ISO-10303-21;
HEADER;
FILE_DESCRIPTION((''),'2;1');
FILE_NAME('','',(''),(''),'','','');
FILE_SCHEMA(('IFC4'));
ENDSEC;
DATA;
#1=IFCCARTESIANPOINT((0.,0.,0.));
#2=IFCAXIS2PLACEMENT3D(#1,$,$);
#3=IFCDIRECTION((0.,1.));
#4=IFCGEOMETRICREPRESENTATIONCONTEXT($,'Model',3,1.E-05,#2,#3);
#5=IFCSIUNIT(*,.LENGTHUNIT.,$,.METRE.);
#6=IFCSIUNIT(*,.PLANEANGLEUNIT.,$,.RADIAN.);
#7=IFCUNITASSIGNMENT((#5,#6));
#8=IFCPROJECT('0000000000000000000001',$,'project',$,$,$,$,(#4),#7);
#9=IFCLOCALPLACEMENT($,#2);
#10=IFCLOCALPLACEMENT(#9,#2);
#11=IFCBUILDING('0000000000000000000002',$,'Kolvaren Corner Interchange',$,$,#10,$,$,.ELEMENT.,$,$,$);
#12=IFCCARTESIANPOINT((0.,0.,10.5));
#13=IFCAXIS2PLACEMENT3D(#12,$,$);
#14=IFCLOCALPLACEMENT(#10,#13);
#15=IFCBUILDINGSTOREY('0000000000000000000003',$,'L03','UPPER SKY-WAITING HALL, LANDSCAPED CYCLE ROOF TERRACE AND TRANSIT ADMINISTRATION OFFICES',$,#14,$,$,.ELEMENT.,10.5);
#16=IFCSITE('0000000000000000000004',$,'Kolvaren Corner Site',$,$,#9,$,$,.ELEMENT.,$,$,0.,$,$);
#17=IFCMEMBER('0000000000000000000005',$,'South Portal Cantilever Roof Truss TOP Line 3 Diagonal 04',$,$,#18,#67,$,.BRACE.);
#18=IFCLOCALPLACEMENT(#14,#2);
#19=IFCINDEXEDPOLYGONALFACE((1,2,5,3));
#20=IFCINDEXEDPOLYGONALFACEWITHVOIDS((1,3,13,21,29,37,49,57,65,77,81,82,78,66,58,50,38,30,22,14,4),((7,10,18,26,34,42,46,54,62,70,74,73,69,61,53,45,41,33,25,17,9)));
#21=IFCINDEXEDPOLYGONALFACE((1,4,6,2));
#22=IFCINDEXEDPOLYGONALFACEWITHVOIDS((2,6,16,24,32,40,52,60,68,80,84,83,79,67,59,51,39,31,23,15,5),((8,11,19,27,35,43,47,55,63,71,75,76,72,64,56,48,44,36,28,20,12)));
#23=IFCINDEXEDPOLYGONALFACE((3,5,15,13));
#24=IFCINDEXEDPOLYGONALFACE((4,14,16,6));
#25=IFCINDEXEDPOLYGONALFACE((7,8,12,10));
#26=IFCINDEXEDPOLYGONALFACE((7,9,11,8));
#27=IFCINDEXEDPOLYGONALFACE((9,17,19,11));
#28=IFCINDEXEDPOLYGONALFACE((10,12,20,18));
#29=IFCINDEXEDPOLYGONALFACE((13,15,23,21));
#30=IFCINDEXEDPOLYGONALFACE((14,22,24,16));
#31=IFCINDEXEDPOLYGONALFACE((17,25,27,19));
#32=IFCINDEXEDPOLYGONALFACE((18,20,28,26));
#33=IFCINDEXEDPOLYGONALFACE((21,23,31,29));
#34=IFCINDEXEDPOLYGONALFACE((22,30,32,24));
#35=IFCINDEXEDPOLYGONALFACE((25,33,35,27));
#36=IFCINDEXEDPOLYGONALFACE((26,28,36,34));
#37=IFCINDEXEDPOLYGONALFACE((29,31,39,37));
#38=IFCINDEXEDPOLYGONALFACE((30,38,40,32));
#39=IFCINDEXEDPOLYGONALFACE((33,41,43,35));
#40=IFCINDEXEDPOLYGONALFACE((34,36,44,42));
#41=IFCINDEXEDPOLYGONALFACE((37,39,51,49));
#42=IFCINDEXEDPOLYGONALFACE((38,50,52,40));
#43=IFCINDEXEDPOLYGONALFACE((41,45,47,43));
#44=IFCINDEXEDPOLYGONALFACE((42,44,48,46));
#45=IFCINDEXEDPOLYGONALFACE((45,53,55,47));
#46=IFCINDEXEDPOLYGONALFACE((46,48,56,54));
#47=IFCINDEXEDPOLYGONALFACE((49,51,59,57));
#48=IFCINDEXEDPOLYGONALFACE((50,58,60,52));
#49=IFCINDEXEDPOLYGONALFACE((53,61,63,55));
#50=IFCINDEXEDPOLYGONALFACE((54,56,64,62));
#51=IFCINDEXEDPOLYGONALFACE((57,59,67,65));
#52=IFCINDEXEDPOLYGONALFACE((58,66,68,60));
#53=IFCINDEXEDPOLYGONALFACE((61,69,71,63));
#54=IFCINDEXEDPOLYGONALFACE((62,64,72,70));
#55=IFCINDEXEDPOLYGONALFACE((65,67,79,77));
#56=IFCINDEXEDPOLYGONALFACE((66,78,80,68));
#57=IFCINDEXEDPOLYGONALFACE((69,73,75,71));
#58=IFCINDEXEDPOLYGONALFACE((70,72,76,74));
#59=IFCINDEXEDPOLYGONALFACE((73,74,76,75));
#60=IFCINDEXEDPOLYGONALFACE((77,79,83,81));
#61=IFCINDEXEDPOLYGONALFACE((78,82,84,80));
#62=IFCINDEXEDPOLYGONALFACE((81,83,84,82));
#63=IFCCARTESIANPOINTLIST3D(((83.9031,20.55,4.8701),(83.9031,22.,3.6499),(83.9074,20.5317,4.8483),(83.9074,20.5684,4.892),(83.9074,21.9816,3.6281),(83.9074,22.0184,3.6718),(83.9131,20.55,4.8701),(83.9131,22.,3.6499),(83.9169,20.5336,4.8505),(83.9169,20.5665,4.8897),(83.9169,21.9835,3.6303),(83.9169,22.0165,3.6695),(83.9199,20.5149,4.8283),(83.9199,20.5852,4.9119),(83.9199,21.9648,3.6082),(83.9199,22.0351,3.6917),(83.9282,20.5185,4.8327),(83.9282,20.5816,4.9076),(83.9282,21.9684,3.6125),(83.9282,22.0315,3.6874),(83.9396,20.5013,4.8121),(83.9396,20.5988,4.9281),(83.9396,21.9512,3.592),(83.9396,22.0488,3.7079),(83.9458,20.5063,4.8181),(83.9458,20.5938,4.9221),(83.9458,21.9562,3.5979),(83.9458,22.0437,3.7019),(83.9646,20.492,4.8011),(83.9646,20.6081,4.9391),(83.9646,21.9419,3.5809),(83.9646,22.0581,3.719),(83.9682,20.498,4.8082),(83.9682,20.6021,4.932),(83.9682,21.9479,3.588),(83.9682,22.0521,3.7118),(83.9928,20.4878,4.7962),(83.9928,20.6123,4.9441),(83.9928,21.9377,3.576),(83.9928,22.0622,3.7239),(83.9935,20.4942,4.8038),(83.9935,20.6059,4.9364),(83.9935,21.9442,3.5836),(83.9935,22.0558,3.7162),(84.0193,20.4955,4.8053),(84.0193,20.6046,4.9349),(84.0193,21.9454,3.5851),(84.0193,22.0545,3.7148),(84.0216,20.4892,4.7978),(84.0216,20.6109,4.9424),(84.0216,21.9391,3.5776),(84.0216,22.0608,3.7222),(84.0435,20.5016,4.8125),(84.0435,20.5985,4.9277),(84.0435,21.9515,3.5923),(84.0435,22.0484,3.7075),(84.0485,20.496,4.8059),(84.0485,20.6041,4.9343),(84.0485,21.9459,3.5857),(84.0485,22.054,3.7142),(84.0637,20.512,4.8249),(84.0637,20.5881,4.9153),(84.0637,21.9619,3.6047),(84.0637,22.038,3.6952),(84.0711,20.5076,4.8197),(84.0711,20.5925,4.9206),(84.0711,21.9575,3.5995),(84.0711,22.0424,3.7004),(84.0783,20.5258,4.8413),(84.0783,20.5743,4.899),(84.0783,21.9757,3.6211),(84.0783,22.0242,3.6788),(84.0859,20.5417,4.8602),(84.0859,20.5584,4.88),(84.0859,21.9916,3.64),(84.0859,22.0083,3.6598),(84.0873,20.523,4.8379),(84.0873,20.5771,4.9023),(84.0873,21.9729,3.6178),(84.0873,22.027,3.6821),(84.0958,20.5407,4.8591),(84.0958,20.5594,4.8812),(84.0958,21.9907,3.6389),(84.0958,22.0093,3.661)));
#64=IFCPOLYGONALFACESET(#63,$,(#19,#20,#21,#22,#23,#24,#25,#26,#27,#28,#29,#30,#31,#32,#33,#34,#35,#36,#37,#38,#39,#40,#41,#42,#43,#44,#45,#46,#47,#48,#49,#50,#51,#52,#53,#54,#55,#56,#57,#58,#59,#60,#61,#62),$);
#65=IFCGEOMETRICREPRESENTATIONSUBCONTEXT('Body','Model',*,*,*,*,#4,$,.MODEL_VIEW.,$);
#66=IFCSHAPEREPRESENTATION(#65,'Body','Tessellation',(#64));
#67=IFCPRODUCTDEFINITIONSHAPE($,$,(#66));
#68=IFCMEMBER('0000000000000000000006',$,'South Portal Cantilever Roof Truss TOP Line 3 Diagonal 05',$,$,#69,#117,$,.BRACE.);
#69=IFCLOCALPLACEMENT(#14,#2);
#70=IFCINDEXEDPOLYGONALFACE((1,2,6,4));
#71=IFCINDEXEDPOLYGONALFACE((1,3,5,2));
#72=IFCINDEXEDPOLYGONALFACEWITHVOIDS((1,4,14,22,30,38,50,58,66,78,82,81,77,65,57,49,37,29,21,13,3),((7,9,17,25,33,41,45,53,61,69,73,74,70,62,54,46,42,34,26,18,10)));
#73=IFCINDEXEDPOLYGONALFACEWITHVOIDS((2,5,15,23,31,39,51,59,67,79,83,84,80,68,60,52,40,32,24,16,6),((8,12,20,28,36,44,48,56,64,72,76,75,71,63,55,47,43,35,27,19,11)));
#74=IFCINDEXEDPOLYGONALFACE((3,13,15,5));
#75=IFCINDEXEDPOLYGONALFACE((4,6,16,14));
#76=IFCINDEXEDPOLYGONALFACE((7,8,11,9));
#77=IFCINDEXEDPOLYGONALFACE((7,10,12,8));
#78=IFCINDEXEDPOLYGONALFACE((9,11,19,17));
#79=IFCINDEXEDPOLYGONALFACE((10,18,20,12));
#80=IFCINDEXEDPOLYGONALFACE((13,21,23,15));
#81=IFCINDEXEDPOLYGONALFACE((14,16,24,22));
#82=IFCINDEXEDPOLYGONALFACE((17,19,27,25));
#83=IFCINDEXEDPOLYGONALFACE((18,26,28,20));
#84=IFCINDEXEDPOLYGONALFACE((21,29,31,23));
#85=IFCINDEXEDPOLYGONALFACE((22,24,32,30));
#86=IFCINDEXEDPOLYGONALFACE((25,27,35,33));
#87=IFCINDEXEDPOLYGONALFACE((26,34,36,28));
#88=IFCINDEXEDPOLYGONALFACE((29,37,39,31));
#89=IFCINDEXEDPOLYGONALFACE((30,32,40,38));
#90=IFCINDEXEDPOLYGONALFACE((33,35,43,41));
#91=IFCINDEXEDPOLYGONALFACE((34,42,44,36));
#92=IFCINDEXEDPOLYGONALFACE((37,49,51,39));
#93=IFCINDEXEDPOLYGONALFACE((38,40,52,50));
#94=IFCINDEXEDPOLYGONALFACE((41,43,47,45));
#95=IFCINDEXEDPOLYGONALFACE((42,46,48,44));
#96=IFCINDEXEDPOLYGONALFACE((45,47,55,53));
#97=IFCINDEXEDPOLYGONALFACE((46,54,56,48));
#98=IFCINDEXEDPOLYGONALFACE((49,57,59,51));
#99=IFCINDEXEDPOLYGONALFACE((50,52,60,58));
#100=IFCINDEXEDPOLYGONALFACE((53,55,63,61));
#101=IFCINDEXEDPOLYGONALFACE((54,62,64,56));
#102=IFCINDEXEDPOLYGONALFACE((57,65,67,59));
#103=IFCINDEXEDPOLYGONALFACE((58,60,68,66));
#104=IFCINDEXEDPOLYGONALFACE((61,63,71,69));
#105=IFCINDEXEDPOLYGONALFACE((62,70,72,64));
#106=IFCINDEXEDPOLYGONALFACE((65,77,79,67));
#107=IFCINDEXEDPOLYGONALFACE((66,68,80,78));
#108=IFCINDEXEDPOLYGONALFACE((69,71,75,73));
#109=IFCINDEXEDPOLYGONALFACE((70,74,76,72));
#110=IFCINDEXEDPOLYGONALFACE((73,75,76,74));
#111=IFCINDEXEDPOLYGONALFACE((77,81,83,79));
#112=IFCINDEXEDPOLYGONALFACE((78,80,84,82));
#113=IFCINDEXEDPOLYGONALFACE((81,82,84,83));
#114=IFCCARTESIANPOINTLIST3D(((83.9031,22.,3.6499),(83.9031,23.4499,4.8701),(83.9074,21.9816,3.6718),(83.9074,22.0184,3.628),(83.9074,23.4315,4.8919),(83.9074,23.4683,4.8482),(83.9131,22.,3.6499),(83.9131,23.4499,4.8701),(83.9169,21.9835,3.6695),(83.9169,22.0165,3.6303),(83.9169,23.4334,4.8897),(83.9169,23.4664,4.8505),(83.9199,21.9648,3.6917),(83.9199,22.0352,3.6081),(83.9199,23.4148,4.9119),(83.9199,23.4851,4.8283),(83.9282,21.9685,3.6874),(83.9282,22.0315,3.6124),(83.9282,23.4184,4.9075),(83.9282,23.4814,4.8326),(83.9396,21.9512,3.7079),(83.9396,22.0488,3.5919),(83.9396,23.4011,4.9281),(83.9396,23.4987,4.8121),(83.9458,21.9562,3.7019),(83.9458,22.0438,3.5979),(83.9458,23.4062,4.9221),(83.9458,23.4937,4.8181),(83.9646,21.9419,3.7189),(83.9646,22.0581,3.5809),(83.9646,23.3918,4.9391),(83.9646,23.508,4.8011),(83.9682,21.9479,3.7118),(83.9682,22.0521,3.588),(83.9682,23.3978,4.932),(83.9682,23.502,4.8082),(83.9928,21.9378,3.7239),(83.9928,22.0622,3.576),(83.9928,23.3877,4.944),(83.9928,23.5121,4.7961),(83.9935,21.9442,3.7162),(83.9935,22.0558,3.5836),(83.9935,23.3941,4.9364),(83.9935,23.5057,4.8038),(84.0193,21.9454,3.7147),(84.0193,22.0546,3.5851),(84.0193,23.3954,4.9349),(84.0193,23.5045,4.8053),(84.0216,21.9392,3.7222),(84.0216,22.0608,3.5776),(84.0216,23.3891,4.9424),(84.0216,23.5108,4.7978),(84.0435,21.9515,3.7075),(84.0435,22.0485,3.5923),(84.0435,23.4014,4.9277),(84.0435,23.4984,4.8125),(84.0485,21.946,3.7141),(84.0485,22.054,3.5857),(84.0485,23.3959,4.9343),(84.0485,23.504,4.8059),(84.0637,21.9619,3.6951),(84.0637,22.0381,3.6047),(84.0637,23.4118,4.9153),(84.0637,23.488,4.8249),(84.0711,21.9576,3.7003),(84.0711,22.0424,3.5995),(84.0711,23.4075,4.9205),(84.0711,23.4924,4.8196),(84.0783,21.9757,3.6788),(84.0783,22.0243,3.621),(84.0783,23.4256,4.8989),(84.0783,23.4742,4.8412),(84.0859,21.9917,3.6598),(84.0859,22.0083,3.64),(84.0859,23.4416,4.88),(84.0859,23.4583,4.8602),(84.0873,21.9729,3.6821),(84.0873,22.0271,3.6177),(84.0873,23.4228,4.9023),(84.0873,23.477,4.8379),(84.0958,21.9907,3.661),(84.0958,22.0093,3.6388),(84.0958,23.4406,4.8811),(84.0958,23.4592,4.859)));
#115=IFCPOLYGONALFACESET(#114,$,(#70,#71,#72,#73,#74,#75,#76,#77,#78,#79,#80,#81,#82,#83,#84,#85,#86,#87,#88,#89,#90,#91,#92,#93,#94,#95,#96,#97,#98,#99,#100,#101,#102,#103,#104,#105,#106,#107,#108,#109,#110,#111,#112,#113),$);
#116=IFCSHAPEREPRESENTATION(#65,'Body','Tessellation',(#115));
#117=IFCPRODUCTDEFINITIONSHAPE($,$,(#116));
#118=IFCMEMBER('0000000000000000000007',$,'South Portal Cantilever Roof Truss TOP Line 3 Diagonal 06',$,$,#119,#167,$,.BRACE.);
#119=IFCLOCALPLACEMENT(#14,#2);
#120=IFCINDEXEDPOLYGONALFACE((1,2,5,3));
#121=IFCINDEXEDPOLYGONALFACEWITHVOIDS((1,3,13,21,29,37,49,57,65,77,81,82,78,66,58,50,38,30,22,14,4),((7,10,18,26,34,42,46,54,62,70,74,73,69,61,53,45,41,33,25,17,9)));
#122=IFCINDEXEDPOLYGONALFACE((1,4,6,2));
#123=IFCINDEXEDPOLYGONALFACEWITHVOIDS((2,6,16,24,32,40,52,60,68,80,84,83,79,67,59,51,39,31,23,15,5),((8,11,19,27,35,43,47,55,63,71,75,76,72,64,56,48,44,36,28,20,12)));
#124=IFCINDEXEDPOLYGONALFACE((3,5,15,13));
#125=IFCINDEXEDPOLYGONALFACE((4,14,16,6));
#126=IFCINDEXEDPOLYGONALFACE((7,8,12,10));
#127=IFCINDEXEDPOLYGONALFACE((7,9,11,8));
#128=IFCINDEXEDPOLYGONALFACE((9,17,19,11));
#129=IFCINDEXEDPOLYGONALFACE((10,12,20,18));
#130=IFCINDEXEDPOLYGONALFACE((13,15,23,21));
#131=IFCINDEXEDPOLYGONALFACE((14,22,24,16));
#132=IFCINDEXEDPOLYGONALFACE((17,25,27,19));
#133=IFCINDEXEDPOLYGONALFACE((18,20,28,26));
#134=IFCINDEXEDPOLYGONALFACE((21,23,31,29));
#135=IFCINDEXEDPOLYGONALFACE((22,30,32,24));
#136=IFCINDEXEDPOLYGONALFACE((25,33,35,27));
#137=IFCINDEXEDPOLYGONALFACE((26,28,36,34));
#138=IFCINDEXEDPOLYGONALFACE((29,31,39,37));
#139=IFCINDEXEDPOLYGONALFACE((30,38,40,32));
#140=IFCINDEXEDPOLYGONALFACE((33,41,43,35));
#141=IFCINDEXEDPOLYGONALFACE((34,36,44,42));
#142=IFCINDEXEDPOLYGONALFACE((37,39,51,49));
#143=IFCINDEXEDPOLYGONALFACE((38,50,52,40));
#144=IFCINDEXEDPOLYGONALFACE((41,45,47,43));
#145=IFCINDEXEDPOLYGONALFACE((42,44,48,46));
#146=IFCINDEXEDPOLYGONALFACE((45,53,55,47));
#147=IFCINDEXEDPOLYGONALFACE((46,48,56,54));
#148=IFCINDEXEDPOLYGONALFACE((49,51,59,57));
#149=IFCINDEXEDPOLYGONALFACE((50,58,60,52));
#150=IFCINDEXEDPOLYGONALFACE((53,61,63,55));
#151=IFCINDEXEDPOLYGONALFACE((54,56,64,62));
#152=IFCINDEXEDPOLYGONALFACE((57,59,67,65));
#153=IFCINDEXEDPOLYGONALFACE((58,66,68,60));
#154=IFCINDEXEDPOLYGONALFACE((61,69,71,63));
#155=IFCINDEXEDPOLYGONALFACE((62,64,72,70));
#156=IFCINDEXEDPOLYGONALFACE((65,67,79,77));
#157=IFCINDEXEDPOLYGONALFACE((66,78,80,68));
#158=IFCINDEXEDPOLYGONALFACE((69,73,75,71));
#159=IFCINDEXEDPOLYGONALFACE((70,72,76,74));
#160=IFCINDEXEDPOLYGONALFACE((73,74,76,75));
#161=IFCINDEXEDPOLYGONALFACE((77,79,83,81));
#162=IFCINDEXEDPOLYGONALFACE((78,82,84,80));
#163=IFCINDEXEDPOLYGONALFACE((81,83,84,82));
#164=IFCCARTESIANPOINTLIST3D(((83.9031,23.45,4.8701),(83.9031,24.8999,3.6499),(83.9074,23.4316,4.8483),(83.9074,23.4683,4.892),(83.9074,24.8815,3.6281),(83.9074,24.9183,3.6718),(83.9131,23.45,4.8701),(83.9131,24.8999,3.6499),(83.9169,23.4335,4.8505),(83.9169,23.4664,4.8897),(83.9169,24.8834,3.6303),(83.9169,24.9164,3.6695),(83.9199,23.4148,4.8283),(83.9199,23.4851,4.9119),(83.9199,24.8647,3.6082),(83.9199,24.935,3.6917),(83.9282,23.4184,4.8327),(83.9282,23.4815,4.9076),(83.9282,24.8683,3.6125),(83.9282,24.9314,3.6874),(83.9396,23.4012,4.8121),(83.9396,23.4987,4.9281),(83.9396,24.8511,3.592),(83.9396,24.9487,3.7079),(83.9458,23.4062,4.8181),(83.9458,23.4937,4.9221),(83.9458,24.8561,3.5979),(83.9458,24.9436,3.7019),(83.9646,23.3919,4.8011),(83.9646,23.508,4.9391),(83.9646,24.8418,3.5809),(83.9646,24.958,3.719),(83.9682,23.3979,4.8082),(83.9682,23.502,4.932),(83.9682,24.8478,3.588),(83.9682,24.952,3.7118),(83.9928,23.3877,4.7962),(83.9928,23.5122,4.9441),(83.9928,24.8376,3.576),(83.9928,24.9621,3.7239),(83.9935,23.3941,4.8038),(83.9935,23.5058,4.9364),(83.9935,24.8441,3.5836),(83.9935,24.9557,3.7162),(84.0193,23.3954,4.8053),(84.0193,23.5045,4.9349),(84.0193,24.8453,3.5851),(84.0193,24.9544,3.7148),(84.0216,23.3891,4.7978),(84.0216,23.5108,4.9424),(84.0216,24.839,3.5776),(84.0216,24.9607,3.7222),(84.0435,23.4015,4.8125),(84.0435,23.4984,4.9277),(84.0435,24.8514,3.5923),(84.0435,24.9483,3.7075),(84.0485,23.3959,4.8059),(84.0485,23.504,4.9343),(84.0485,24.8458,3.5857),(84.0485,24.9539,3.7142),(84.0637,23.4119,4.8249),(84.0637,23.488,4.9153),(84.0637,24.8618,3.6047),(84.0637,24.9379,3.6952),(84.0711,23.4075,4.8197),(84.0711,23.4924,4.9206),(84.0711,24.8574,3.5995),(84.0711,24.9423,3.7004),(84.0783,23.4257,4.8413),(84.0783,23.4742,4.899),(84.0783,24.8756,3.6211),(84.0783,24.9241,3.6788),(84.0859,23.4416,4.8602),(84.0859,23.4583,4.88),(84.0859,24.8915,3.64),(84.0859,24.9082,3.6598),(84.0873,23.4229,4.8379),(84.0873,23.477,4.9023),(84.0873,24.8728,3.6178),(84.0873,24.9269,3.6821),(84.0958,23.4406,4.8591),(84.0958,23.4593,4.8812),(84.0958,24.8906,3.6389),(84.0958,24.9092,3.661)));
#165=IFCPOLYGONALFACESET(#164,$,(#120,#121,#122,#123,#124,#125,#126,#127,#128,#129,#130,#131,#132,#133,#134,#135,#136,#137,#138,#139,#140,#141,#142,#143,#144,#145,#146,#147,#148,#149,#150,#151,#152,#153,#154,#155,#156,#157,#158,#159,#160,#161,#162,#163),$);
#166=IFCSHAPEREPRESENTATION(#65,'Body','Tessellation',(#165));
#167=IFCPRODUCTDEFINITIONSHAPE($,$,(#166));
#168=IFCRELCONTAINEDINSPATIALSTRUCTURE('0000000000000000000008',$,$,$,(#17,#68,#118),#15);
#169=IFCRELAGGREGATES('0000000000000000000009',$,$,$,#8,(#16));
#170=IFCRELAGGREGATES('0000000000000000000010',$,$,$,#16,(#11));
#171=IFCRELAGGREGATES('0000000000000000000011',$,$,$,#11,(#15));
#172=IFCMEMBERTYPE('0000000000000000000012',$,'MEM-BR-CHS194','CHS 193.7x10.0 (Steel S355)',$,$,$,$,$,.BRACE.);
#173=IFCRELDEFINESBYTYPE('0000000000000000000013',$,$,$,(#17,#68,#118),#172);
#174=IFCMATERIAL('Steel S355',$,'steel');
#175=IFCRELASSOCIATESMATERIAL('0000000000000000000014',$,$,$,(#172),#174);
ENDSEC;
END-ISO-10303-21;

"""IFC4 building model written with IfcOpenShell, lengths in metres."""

from ifc_helpers import new_model, si_unit, direction, frame, origin, origin_2d, place, context, subcontext, project, spatial, hollow_circle, extrude, material, material_profile, profile_set, type_object, element, save


model = new_model("IFC4")

# Units and contexts
model_context = context("Model", 3, precision=1e-05, world=origin(), true_north=direction((0.0, 1.0)))
body_context = subcontext(model_context, "Body", "Model", "MODEL_VIEW")
ifc_project = project(units=[si_unit("LENGTHUNIT", "METRE"), si_unit("PLANEANGLEUNIT", "RADIAN")], contexts=[model_context])

# Site, building, storey
site_placement = place(None, origin())
site = spatial("IfcSite", under=ifc_project, at=site_placement, Name="Kolvaren Corner Site", CompositionType="ELEMENT", RefElevation=0.0)
building_placement = place(site_placement, origin())
building = spatial("IfcBuilding", under=site, at=building_placement, Name="Kolvaren Corner Interchange", CompositionType="ELEMENT")
storey_placement = place(building_placement, frame((0.0, 0.0, 10.5)))
storey = spatial("IfcBuildingStorey", under=building, at=storey_placement, Name="L03", Description="UPPER SKY-WAITING HALL, LANDSCAPED CYCLE ROOF TERRACE AND TRANSIT ADMINISTRATION OFFICES", CompositionType="ELEMENT", Elevation=10.5)

# Members
ifc_material_1 = material(Name="Steel S355", Category="steel")
ifc_material_profile_1 = material_profile(ifc_material_1, hollow_circle(Radius=0.0969, WallThickness=0.01, at=origin_2d()), Name="CHS 193.7x10.0")
ifc_profile_set_1 = profile_set([ifc_material_profile_1], Name="Steel S355")
member_type_1 = type_object("IfcMemberType", Name="MEM-BR-CHS194", Description="CHS 193.7x10.0 (Steel S355)", PredefinedType="BRACE", material=ifc_profile_set_1)
for number, where, z_axis, x_axis, name in (
    (1, (84.0, 20.55, 4.8701), (0.0, 0.765118, -0.64389), (-1.0, 0.0, 0.0), "South Portal Cantilever Roof Truss TOP Line 3 Diagonal 04"),
    (2, (84.0, 22.0, 3.6499), (0.0, 0.765118, 0.64389), (-1.0, 0.0, 0.0), "South Portal Cantilever Roof Truss TOP Line 3 Diagonal 05"),
    (3, (84.0, 23.45, 4.8701), (0.0, 0.765118, -0.64389), (-1.0, 0.0, 0.0), "South Portal Cantilever Roof Truss TOP Line 3 Diagonal 06"),
):
    element("IfcMember", number, at=place(storey_placement, frame(where, z_axis=z_axis, x_axis=x_axis)), inside=storey, type_object=member_type_1, Name=name, PredefinedType="BRACE", context=body_context, shape_type="SweptSolid", body=[
        extrude(hollow_circle(Radius=0.0969, WallThickness=0.01, at=origin_2d()), origin(), (0.0, 0.0, 1.0), 1.895),
    ])

save(model, "model.ifc")
